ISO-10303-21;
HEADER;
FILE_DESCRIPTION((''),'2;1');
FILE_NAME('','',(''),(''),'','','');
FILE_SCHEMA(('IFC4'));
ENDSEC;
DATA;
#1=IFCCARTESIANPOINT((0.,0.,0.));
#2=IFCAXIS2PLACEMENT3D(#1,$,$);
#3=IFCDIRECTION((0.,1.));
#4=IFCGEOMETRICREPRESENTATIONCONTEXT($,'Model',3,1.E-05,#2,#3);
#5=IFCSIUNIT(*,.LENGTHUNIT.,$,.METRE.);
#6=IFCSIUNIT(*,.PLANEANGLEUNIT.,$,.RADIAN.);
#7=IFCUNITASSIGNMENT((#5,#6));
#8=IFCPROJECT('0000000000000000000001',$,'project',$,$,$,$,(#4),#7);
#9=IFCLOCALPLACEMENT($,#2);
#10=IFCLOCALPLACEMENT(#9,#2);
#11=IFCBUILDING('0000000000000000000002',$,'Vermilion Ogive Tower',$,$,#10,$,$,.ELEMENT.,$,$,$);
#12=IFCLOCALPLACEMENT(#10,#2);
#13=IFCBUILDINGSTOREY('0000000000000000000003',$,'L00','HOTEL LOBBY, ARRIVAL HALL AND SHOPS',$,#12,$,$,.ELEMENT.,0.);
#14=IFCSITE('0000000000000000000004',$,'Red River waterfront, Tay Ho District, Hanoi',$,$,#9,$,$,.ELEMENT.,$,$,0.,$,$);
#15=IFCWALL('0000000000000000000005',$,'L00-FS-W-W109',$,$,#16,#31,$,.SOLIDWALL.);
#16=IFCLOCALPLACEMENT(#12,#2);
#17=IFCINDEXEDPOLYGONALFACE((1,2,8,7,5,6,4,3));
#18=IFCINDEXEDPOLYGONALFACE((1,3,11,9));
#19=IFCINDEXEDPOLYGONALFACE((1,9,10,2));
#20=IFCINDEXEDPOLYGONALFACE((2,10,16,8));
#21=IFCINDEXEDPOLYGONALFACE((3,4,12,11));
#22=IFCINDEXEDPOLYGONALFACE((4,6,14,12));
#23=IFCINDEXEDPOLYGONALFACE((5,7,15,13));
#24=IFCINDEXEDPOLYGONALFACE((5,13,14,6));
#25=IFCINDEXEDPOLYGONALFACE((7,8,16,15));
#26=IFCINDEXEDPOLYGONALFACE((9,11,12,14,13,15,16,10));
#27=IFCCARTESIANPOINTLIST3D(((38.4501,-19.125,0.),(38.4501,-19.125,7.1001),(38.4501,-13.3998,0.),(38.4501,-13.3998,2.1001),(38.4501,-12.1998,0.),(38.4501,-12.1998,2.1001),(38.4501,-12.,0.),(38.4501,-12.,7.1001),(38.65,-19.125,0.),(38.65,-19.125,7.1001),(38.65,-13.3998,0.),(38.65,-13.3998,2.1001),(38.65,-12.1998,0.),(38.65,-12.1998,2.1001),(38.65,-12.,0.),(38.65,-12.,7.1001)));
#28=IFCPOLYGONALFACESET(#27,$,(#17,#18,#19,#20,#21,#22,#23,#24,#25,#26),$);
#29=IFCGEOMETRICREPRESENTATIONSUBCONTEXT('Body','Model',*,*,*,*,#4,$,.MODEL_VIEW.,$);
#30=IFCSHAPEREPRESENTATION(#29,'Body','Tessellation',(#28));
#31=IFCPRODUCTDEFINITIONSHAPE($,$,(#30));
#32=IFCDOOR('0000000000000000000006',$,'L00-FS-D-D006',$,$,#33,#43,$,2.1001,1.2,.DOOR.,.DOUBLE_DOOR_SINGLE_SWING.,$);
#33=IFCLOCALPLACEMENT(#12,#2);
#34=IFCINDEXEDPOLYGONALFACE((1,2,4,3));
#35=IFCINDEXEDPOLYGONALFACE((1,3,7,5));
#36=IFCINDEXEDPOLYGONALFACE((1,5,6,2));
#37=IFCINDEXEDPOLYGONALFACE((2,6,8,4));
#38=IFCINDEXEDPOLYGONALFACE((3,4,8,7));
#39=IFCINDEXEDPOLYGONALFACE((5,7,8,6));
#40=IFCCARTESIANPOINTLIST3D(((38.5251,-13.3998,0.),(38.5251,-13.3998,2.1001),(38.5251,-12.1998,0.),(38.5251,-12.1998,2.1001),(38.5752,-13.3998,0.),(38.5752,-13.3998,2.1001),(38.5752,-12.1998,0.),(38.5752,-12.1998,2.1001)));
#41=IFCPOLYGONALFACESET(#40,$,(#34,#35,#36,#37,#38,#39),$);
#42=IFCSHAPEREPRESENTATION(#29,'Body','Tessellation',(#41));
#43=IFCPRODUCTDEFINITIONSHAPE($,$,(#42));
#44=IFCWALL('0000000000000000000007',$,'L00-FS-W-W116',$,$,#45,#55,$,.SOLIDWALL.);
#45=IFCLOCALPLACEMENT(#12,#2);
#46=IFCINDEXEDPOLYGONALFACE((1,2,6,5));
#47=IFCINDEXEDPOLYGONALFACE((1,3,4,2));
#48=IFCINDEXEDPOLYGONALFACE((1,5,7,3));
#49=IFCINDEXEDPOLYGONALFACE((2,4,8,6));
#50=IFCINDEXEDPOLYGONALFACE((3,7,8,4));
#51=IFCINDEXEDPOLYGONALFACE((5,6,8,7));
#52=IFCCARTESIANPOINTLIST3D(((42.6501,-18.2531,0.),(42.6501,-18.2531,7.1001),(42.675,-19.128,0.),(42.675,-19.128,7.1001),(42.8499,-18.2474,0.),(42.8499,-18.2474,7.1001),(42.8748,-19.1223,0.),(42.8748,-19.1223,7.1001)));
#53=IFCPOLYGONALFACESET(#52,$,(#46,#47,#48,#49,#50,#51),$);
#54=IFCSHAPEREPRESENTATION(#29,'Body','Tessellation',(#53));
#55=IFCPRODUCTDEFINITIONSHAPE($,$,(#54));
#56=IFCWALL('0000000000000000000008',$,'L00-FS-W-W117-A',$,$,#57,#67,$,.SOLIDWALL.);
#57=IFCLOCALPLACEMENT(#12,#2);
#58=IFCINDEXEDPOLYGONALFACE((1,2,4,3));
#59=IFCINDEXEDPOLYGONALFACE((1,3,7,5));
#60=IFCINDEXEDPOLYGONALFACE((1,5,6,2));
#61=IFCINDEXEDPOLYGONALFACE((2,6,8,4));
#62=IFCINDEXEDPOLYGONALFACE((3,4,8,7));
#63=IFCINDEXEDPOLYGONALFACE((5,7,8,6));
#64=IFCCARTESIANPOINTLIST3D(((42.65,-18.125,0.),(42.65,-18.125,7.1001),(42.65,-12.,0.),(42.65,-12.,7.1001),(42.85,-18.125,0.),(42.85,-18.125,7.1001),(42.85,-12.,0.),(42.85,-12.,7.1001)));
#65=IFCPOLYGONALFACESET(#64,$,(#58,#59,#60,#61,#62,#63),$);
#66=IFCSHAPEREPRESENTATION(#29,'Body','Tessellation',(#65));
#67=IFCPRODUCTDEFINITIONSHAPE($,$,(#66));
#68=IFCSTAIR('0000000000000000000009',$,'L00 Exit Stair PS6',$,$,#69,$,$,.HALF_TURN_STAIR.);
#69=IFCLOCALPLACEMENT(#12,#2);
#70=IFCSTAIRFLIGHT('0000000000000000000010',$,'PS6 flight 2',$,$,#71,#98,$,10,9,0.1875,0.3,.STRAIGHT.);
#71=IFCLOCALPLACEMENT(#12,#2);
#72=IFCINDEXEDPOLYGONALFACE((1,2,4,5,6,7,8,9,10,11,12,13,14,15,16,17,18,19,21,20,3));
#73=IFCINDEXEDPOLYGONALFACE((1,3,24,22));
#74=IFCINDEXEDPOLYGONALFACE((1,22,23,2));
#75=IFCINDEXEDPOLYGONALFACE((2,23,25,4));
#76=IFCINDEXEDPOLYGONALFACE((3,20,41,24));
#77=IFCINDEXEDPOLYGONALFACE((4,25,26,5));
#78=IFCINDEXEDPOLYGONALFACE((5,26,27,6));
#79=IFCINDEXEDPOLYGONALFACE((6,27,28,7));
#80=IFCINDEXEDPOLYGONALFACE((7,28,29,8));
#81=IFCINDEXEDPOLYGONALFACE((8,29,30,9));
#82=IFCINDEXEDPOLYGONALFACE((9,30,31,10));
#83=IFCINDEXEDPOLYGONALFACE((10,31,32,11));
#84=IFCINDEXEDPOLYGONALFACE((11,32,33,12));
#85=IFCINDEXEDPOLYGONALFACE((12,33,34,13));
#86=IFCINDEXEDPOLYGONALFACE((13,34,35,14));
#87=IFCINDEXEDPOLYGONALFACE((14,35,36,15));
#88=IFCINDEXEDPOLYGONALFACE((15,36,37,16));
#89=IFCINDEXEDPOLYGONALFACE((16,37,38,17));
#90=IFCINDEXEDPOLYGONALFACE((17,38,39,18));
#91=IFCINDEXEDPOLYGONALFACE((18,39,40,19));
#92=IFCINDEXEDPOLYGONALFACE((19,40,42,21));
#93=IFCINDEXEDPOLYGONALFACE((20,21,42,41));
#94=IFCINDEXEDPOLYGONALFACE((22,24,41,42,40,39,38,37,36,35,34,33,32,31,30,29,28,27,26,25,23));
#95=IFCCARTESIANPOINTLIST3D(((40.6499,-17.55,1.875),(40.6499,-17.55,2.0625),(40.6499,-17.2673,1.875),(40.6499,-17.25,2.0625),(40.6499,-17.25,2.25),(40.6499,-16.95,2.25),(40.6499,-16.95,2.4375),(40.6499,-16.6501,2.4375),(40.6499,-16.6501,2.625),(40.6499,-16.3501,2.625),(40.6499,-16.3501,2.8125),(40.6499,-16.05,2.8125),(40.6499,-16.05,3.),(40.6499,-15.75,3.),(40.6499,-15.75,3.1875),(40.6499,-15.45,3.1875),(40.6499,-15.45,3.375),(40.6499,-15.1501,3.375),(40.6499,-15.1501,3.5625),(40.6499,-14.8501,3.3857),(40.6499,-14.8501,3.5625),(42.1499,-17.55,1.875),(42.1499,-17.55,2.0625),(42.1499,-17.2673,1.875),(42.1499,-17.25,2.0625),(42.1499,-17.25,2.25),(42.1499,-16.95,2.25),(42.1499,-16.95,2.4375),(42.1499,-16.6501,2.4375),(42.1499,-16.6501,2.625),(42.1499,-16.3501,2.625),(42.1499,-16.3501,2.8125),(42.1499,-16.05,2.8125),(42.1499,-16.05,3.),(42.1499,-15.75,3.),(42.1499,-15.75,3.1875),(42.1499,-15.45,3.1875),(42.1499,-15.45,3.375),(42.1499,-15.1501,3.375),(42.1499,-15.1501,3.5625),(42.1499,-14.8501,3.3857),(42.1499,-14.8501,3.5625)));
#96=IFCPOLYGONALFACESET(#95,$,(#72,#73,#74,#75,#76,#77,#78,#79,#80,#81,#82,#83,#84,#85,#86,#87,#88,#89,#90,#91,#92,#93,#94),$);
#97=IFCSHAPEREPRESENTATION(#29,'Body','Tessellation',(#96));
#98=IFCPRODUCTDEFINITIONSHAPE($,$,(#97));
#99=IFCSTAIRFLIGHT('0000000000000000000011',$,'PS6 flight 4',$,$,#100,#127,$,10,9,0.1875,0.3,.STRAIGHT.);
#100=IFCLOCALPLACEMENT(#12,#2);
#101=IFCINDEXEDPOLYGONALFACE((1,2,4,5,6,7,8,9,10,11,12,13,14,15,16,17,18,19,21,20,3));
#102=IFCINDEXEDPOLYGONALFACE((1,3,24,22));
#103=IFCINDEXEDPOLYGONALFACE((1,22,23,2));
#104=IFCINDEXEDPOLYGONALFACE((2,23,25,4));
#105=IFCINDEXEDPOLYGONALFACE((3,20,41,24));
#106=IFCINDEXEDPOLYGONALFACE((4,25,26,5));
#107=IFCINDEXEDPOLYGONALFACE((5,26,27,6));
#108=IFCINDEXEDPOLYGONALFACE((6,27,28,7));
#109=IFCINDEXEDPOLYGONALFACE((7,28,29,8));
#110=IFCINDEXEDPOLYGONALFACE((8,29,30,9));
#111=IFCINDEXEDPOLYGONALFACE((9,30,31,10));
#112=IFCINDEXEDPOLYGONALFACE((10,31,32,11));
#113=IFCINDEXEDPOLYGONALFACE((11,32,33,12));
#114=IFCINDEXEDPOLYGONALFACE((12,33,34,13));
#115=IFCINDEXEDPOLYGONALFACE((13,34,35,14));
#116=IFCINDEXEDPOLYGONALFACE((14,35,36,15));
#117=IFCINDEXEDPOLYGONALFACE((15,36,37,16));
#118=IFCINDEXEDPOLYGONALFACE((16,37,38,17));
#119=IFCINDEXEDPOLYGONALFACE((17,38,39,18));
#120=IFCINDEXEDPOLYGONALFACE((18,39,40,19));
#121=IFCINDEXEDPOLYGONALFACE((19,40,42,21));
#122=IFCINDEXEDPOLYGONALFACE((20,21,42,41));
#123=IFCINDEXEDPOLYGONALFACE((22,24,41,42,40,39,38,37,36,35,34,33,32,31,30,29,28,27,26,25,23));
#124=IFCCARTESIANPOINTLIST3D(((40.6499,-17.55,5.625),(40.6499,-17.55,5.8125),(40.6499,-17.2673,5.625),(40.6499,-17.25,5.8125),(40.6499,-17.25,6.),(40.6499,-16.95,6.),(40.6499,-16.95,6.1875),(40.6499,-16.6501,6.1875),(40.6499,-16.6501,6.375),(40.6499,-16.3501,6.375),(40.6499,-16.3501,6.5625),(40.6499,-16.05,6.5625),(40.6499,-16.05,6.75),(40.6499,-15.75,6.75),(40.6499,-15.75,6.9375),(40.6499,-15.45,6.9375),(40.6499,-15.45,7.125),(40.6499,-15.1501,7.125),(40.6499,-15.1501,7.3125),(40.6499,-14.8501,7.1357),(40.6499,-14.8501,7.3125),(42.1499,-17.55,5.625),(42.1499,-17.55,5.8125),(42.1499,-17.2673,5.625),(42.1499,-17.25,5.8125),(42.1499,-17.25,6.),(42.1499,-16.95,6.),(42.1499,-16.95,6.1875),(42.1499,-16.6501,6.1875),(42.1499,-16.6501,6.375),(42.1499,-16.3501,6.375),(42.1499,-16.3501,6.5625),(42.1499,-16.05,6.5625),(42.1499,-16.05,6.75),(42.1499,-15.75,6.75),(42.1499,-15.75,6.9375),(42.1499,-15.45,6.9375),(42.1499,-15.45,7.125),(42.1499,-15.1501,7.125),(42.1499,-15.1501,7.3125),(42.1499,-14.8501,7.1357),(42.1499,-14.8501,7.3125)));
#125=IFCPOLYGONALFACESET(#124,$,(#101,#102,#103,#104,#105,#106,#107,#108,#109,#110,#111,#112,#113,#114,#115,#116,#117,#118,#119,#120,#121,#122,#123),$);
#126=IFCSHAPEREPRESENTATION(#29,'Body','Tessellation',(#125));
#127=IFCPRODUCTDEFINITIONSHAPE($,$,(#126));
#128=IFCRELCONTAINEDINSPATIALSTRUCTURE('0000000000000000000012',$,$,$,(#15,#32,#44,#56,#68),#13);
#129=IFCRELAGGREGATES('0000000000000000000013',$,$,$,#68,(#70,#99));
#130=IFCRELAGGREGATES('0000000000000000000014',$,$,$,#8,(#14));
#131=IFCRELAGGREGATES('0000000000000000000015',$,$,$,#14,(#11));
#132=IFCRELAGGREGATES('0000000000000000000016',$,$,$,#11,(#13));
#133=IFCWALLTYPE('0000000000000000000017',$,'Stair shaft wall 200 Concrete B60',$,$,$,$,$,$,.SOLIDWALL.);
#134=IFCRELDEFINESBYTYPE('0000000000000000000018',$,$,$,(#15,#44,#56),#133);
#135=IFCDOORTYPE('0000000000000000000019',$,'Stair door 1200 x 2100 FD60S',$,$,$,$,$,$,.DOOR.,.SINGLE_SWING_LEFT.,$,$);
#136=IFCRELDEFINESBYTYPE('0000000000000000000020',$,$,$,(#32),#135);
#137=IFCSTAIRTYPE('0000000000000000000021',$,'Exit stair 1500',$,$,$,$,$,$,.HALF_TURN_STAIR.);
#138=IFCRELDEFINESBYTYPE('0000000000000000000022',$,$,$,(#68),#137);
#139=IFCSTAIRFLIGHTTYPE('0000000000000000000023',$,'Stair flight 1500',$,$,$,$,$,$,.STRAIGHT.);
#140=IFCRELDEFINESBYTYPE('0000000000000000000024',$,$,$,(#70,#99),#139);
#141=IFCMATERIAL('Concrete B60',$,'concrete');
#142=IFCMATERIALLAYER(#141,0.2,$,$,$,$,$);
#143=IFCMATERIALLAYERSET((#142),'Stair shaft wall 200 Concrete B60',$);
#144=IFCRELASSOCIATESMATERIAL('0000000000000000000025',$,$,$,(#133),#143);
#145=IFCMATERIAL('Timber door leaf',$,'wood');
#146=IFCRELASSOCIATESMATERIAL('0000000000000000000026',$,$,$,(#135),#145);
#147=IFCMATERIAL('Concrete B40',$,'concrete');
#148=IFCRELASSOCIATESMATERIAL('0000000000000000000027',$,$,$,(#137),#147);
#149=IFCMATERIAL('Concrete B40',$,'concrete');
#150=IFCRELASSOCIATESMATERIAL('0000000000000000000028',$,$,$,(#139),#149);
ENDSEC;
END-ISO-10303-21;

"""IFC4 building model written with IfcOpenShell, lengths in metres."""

from ifc_helpers import new_model, si_unit, direction, frame, frame_2d, origin, place, context, subcontext, project, spatial, polyline, rectangle, outline, extrude, material, layer, layer_set, type_object, element, fill, aggregate, save


model = new_model("IFC4")

# Units and contexts
model_context = context("Model", 3, precision=1e-05, world=origin(), true_north=direction((0.0, 1.0)))
body_context = subcontext(model_context, "Body", "Model", "MODEL_VIEW")
ifc_project = project(units=[si_unit("LENGTHUNIT", "METRE"), si_unit("PLANEANGLEUNIT", "RADIAN")], contexts=[model_context])

# Site, building, storey
site_placement = place(None, origin())
site = spatial("IfcSite", under=ifc_project, at=site_placement, Name="Red River waterfront, Tay Ho District, Hanoi", CompositionType="ELEMENT", RefElevation=0.0)
building_placement = place(site_placement, origin())
building = spatial("IfcBuilding", under=site, at=building_placement, Name="Vermilion Ogive Tower", CompositionType="ELEMENT")
storey_placement = place(building_placement, origin())
storey = spatial("IfcBuildingStorey", under=building, at=storey_placement, Name="L00", Description="HOTEL LOBBY, ARRIVAL HALL AND SHOPS", CompositionType="ELEMENT", Elevation=0.0)

# Shared definitions
ifc_material_1 = material(Name="Concrete B60", Category="concrete")
ifc_layer_1 = layer(ifc_material_1, 0.2)
ifc_layer_set_1 = layer_set([ifc_layer_1], Name="Stair shaft wall 200 Concrete B60")
wall_type_1 = type_object("IfcWallType", Name="Stair shaft wall 200 Concrete B60", PredefinedType="SOLIDWALL", material=ifc_layer_set_1)
ifc_material_2 = material(Name="Timber door leaf", Category="wood")
door_type_1 = type_object("IfcDoorType", Name="Stair door 1200 x 2100 FD60S", OperationType="SINGLE_SWING_LEFT", PredefinedType="DOOR", material=ifc_material_2)

# Wall, opening, door
wall_1_placement = place(storey_placement, frame((38.55, -19.125, 0.0), z_axis=(0.0, 0.0, 1.0), x_axis=(0.0, 1.0, 0.0)))
wall_1 = element("IfcWall", 1, at=wall_1_placement, inside=storey, type_object=wall_type_1, Name="L00-FS-W-W109", PredefinedType="SOLIDWALL", context=body_context, shape_type="SweptSolid", body=[
    extrude(rectangle(XDim=7.125, YDim=0.2, at=frame_2d((3.5625, 0.0))), origin(), (0.0, 0.0, 1.0), 7.1001),
])
opening_1_placement = place(wall_1_placement, frame((5.7251, 0.0, 0.0)))
opening_1 = element("IfcOpeningElement", 2, at=opening_1_placement, cuts=wall_1, PredefinedType="OPENING", context=body_context, shape_type="SweptSolid", body=[
    extrude(rectangle(XDim=1.2, YDim=2.1001, at=frame_2d((0.6001, 1.05))), frame((0.0, 0.1099, 0.0), z_axis=(0.0, -1.0, 0.0), x_axis=(1.0, 0.0, 0.0)), (0.0, 0.0, 1.0), 0.22),
])
door_1_placement = place(opening_1_placement, origin())
door_1 = element("IfcDoor", 3, at=door_1_placement, inside=storey, type_object=door_type_1, Name="L00-FS-D-D006", OperationType="DOUBLE_DOOR_SINGLE_SWING", OverallHeight=2.1001, OverallWidth=1.2, PredefinedType="DOOR", context=body_context, shape_type="SweptSolid", body=[
    extrude(rectangle(XDim=1.2, YDim=2.1001, at=frame_2d((0.6001, 1.05))), frame((0.0, 0.0249, 0.0), z_axis=(0.0, -1.0, 0.0), x_axis=(1.0, 0.0, 0.0)), (0.0, 0.0, 1.0), 0.05),
])
fill(opening_1, door_1)

# Walls
wall_2_placement = place(storey_placement, frame((42.7749, -19.125, 0.0), z_axis=(0.0, 0.0, 1.0), x_axis=(-0.028448, 0.999595, 0.0)))
element("IfcWall", 4, at=wall_2_placement, inside=storey, type_object=wall_type_1, Name="L00-FS-W-W116", PredefinedType="SOLIDWALL", context=body_context, shape_type="SweptSolid", body=[
    extrude(rectangle(XDim=0.8752, YDim=0.2, at=frame_2d((0.4375, 0.0))), origin(), (0.0, 0.0, 1.0), 7.1001),
])
wall_3_placement = place(storey_placement, frame((42.75, -18.125, 0.0), z_axis=(0.0, 0.0, 1.0), x_axis=(0.0, 1.0, 0.0)))
element("IfcWall", 5, at=wall_3_placement, inside=storey, type_object=wall_type_1, Name="L00-FS-W-W117-A", PredefinedType="SOLIDWALL", context=body_context, shape_type="SweptSolid", body=[
    extrude(rectangle(XDim=6.125, YDim=0.2, at=frame_2d((3.0625, 0.0))), origin(), (0.0, 0.0, 1.0), 7.1001),
])

# Stair, stair flights
ifc_material_3 = material(Name="Concrete B40", Category="concrete")
stair_type = type_object("IfcStairType", Name="Exit stair 1500", PredefinedType="HALF_TURN_STAIR", material=ifc_material_3)
stair_placement = place(storey_placement, origin())
stair = element("IfcStair", 6, at=stair_placement, inside=storey, type_object=stair_type, Name="L00 Exit Stair PS6", PredefinedType="HALF_TURN_STAIR")
ifc_material_4 = material(Name="Concrete B40", Category="concrete")
stair_flight_type = type_object("IfcStairFlightType", Name="Stair flight 1500", PredefinedType="STRAIGHT", material=ifc_material_4)
stair_flight_1_placement = place(storey_placement, frame((41.3999, -17.55, 1.875), z_axis=(0.0, 0.0, 1.0), x_axis=(0.0, 1.0, 0.0)))
stair_flight_1 = element("IfcStairFlight", 7, at=stair_flight_1_placement, type_object=stair_flight_type, Name="PS6 flight 2", NumberOfRisers=10, NumberOfTreads=9, PredefinedType="STRAIGHT", RiserHeight=0.1875, TreadLength=0.3, context=body_context, shape_type="SweptSolid", body=[
    extrude(outline(polyline([(0.0, 0.0), (0.0, 0.1875), (0.3, 0.1875), (0.3, 0.375), (0.6001, 0.375), (0.6001, 0.5625), (0.8999, 0.5625), (0.8999, 0.75), (1.2, 0.75), (1.2, 0.9375), (1.5, 0.9375), (1.5, 1.125), (1.8, 1.125), (1.8, 1.3125), (2.1001, 1.3125), (2.1001, 1.5), (2.3999, 1.5), (2.3999, 1.6875), (2.7, 1.6875), (2.7, 1.875), (2.7, 1.5107), (0.2827, 0.0), (0.0, 0.0)])), frame((0.0, 0.75, 0.0), z_axis=(0.0, -1.0, 0.0), x_axis=(1.0, 0.0, 0.0)), (0.0, 0.0, 1.0), 1.5),
])
stair_flight_2_placement = place(storey_placement, frame((41.3999, -17.55, 5.625), z_axis=(0.0, 0.0, 1.0), x_axis=(0.0, 1.0, 0.0)))
stair_flight_2 = element("IfcStairFlight", 8, at=stair_flight_2_placement, type_object=stair_flight_type, Name="PS6 flight 4", NumberOfRisers=10, NumberOfTreads=9, PredefinedType="STRAIGHT", RiserHeight=0.1875, TreadLength=0.3, context=body_context, shape_type="SweptSolid", body=[
    extrude(outline(polyline([(0.0, 0.0), (0.0, 0.1875), (0.3, 0.1875), (0.3, 0.375), (0.6001, 0.375), (0.6001, 0.5625), (0.8999, 0.5625), (0.8999, 0.75), (1.2, 0.75), (1.2, 0.9375), (1.5, 0.9375), (1.5, 1.125), (1.8, 1.125), (1.8, 1.3125), (2.1001, 1.3125), (2.1001, 1.5), (2.3999, 1.5), (2.3999, 1.6875), (2.7, 1.6875), (2.7, 1.875), (2.7, 1.5107), (0.2827, 0.0), (0.0, 0.0)])), frame((0.0, 0.75, 0.0), z_axis=(0.0, -1.0, 0.0), x_axis=(1.0, 0.0, 0.0)), (0.0, 0.0, 1.0), 1.5),
])
aggregate(stair, [stair_flight_1, stair_flight_2])

save(model, "model.ifc")
